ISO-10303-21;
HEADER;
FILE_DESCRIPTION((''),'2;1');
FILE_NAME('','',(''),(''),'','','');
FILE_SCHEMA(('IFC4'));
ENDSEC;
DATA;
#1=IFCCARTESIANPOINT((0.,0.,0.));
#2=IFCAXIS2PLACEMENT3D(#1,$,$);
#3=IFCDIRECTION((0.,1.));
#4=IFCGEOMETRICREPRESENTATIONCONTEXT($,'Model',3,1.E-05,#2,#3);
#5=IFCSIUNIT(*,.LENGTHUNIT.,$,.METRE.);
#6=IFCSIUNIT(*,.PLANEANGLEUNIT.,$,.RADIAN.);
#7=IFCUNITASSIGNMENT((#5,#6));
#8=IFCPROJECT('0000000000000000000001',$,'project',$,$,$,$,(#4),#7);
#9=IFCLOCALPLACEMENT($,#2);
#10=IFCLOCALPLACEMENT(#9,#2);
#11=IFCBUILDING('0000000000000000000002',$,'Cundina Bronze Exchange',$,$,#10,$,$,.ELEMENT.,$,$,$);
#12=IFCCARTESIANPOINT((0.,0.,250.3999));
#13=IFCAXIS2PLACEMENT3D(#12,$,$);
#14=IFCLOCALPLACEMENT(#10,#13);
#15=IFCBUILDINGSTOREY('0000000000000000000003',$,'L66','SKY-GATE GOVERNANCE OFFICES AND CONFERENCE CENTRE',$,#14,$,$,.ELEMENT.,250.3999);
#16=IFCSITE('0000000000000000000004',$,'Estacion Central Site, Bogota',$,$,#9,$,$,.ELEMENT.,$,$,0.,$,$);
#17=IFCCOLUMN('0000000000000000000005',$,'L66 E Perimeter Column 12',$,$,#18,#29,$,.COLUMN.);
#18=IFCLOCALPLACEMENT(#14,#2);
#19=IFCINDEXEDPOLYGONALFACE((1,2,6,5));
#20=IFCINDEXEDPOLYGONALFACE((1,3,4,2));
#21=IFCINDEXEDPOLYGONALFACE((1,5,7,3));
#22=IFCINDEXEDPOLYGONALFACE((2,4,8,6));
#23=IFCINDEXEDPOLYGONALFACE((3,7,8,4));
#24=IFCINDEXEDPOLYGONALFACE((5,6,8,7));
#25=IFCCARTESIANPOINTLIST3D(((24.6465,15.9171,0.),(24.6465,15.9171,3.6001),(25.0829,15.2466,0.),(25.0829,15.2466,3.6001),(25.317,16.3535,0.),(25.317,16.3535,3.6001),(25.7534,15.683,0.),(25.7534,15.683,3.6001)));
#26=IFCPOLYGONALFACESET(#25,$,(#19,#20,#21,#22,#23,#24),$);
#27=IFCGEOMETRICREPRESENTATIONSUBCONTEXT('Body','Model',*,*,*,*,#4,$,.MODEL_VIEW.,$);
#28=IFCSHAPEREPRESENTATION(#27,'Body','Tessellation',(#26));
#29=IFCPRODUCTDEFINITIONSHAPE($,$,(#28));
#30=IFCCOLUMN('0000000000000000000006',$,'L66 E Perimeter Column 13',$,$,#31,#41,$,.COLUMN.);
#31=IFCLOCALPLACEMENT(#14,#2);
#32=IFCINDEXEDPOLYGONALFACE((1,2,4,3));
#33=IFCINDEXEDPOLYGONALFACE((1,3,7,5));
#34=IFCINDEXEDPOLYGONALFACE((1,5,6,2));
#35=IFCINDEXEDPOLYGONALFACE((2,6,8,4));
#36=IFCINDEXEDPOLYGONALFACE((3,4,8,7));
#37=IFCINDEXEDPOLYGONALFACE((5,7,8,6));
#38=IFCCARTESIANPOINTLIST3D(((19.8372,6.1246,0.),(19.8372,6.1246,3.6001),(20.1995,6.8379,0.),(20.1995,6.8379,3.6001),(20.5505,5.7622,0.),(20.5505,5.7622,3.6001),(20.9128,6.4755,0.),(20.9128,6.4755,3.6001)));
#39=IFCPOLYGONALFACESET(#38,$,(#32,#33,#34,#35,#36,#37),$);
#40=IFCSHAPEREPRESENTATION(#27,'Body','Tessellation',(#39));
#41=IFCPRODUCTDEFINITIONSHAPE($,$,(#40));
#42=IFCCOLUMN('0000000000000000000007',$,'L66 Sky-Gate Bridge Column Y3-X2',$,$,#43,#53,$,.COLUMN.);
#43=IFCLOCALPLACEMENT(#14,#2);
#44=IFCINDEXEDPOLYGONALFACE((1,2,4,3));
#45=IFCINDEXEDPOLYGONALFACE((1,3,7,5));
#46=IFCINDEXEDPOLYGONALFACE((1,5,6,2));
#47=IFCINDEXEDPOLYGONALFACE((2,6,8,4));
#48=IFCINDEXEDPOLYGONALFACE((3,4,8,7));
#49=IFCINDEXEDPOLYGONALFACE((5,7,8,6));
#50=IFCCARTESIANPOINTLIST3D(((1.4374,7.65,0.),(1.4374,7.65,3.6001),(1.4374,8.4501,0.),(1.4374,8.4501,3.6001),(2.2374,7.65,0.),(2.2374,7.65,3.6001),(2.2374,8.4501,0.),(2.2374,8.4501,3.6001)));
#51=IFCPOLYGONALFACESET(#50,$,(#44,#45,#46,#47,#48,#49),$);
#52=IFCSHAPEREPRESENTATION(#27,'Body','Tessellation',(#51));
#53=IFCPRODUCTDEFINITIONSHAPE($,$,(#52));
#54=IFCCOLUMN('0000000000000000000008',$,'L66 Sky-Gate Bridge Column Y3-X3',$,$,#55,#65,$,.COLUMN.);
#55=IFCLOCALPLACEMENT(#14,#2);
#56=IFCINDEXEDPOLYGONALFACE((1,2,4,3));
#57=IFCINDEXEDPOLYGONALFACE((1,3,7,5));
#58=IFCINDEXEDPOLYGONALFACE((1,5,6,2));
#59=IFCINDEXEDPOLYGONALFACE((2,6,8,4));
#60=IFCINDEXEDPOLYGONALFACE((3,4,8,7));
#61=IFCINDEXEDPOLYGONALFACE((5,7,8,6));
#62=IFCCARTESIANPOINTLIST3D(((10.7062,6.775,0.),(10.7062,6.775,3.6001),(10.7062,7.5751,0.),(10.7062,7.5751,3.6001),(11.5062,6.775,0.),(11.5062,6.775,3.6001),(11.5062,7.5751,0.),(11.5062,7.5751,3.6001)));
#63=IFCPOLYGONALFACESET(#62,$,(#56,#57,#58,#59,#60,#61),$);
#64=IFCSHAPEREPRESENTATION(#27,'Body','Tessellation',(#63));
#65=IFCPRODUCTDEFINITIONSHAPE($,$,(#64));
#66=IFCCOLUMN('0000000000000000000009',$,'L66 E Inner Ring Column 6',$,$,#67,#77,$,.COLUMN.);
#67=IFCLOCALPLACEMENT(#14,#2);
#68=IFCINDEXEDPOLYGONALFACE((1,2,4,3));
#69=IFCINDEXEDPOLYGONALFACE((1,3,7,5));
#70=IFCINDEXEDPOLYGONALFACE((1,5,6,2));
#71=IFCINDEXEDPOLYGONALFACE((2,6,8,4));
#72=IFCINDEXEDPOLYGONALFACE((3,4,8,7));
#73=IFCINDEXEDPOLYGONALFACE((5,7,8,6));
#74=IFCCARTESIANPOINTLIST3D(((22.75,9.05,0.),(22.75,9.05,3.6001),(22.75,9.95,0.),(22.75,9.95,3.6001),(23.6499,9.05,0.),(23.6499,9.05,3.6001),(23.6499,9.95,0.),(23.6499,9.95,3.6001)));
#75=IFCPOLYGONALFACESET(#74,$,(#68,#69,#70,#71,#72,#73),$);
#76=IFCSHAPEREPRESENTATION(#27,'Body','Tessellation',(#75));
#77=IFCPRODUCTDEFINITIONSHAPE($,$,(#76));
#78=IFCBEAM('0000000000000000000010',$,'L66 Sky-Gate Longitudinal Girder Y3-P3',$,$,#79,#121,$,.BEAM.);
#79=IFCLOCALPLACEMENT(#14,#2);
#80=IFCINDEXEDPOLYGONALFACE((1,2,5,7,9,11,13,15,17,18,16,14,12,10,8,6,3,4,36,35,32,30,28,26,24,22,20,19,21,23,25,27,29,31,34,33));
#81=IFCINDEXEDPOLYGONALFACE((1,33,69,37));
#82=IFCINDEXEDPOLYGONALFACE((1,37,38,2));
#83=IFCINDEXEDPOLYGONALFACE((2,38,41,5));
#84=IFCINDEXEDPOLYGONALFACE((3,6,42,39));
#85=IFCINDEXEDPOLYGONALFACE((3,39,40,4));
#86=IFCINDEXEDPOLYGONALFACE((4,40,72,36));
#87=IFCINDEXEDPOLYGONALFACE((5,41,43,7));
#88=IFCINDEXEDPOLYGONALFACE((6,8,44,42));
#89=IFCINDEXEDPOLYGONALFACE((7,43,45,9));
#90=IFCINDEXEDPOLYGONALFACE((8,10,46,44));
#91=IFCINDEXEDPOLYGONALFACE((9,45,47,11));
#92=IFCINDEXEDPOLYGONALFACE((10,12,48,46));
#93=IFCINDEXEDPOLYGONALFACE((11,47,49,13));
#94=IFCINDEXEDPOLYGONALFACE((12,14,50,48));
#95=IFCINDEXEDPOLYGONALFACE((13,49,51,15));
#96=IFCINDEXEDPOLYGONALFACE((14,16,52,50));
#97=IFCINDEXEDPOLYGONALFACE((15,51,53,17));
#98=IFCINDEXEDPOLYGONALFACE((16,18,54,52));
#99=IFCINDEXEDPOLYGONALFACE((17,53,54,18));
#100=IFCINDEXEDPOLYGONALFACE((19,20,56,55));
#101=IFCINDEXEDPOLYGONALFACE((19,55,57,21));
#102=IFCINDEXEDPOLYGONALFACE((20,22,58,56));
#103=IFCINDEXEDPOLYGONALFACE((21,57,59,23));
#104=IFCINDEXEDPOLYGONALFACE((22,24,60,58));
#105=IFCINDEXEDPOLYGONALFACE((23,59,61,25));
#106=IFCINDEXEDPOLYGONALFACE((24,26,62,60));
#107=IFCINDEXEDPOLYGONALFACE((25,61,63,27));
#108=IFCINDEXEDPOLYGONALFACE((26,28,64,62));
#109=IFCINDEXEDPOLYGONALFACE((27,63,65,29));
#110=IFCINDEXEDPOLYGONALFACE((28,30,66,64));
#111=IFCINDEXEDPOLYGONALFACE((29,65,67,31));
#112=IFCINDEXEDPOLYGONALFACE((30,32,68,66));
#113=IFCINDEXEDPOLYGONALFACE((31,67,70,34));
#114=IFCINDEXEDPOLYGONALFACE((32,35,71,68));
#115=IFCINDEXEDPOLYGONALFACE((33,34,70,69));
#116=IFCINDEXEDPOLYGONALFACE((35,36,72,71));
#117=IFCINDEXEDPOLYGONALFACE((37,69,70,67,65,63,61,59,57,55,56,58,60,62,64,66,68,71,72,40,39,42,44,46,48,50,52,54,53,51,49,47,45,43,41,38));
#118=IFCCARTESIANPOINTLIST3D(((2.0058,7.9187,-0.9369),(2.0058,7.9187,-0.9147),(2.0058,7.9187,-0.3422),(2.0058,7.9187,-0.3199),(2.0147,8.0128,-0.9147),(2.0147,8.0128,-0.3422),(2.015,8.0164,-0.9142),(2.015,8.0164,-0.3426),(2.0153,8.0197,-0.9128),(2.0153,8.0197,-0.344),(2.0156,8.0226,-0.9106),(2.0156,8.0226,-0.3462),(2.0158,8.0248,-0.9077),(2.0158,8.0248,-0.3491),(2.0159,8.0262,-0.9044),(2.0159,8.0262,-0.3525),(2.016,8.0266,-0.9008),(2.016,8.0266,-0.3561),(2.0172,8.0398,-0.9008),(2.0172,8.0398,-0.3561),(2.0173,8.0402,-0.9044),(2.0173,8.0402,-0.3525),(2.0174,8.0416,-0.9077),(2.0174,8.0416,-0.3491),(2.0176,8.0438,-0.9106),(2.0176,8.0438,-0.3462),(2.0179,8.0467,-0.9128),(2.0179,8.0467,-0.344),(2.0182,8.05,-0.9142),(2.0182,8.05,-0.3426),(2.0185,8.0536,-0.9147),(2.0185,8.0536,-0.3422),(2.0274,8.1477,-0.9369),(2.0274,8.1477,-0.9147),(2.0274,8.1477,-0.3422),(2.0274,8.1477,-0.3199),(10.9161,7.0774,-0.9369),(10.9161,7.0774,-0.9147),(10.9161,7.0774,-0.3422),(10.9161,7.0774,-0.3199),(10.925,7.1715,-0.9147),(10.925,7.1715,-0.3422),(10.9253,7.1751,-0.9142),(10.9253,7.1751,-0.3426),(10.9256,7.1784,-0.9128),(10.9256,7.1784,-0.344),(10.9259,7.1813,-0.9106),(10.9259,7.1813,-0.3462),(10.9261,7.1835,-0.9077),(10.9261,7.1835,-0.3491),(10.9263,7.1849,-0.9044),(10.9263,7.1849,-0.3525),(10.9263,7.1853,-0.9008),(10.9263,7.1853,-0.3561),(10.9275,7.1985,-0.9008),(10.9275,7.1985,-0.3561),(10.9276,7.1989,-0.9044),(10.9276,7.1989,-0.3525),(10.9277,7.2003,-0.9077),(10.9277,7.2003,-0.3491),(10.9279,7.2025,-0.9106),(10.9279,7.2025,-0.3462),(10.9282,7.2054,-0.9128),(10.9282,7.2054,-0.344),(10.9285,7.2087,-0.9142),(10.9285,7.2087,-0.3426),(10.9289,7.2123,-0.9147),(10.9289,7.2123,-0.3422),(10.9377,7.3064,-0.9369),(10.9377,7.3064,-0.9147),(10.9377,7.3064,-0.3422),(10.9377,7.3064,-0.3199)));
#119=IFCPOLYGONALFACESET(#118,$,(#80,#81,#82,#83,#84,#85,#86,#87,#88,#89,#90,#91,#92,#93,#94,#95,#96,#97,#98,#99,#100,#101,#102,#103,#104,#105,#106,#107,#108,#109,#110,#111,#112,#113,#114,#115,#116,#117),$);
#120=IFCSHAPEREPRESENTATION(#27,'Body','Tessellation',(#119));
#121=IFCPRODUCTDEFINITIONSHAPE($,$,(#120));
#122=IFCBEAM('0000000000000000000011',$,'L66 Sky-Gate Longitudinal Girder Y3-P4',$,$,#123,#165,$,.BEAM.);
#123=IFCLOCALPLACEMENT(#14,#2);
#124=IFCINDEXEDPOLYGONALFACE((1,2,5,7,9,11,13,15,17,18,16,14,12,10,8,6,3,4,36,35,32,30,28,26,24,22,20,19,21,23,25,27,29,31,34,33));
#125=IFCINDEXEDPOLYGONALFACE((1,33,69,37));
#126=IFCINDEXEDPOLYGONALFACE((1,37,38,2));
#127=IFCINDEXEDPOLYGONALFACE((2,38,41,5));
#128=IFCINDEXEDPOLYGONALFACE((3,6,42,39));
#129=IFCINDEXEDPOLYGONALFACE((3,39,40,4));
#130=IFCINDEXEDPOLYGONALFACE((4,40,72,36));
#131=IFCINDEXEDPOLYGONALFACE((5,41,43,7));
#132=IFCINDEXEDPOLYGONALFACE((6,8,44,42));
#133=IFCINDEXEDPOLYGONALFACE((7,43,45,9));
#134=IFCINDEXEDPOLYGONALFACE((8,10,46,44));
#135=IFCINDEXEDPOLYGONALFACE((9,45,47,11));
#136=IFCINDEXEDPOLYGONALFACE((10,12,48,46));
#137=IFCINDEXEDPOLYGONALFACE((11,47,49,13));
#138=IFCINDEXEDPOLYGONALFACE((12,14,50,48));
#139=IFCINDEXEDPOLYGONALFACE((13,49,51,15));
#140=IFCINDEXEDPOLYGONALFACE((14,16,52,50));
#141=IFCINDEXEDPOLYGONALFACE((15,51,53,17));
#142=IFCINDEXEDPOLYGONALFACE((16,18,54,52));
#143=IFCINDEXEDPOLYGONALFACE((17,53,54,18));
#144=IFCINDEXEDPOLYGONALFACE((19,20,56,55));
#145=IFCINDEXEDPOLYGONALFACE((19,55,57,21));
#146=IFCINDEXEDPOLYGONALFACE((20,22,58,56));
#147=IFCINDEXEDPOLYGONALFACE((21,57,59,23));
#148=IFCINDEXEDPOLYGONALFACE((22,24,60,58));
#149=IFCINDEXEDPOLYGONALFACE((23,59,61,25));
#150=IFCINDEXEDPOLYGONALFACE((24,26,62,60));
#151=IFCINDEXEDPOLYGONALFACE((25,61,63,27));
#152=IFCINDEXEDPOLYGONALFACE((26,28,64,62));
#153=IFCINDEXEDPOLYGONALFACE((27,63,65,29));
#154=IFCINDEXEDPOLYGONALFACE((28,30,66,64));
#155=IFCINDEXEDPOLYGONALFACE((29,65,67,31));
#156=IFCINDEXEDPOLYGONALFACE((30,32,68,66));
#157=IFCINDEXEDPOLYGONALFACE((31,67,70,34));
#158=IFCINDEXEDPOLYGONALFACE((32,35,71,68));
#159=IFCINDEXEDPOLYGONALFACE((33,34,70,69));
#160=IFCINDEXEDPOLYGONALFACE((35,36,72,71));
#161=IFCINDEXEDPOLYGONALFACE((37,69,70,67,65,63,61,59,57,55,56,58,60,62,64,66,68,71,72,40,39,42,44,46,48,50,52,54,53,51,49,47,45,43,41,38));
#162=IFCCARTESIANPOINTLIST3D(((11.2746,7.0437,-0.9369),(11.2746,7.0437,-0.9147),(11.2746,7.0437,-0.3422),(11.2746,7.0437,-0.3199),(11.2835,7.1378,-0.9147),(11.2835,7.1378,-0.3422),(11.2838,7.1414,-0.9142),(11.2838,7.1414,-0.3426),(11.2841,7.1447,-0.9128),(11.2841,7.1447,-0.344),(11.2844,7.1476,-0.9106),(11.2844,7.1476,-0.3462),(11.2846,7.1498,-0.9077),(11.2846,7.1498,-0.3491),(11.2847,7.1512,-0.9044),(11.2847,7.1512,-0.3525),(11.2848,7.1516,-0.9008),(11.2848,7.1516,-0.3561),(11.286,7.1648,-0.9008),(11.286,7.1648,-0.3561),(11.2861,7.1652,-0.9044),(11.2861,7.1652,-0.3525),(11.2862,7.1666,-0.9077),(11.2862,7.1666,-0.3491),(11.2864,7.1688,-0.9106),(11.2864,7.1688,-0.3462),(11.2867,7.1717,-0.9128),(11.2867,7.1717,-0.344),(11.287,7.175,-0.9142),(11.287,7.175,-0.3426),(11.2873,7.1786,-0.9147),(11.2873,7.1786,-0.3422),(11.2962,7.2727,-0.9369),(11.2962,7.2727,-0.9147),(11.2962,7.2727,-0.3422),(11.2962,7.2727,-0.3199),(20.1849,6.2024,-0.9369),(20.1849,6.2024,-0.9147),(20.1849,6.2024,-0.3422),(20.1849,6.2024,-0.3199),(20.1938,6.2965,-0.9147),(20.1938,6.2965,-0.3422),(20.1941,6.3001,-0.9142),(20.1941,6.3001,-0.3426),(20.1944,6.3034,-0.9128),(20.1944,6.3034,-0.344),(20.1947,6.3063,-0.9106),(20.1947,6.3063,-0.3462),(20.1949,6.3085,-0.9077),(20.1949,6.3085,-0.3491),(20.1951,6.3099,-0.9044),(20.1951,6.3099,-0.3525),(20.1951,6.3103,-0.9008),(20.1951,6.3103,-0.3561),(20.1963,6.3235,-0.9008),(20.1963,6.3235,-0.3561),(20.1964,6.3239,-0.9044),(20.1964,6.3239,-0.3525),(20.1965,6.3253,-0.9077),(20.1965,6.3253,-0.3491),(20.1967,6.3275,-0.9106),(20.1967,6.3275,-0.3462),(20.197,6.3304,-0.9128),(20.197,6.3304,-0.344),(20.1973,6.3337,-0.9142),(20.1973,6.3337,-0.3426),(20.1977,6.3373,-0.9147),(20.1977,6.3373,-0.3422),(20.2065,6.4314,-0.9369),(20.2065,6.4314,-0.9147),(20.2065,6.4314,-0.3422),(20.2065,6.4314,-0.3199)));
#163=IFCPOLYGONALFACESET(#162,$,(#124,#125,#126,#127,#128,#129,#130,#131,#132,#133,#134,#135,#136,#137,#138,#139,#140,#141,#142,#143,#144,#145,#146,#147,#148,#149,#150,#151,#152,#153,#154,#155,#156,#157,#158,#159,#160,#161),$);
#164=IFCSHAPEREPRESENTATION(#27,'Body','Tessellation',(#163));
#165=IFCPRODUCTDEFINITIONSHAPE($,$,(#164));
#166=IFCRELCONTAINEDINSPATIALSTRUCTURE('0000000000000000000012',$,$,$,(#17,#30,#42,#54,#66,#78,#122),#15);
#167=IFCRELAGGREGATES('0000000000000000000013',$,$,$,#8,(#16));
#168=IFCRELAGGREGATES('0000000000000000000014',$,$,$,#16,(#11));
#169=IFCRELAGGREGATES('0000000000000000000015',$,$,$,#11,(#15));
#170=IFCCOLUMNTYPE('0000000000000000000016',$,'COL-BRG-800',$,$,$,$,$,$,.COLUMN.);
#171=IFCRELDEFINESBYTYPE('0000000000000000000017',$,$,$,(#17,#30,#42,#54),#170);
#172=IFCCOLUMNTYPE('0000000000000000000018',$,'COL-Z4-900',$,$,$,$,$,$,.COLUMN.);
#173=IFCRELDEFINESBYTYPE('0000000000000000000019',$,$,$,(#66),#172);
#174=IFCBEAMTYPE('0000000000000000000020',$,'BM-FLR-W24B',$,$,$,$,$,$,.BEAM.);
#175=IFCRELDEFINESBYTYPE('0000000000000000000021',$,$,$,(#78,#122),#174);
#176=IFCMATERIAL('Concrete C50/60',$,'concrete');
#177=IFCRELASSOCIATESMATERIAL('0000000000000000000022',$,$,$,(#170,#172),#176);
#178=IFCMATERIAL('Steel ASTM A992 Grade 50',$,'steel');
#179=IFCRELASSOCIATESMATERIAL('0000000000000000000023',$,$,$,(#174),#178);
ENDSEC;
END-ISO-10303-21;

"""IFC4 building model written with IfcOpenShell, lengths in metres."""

from ifc_helpers import new_model, si_unit, direction, frame, origin, origin_2d, place, context, subcontext, project, spatial, rectangle, i_section, extrude, material, material_profile, profile_set, type_object, element, save


model = new_model("IFC4")

# Units and contexts
model_context = context("Model", 3, precision=1e-05, world=origin(), true_north=direction((0.0, 1.0)))
body_context = subcontext(model_context, "Body", "Model", "MODEL_VIEW")
ifc_project = project(units=[si_unit("LENGTHUNIT", "METRE"), si_unit("PLANEANGLEUNIT", "RADIAN")], contexts=[model_context])

# Site, building, storey
site_placement = place(None, origin())
site = spatial("IfcSite", under=ifc_project, at=site_placement, Name="Estacion Central Site, Bogota", CompositionType="ELEMENT", RefElevation=0.0)
building_placement = place(site_placement, origin())
building = spatial("IfcBuilding", under=site, at=building_placement, Name="Cundina Bronze Exchange", CompositionType="ELEMENT")
storey_placement = place(building_placement, frame((0.0, 0.0, 250.3999)))
storey = spatial("IfcBuildingStorey", under=building, at=storey_placement, Name="L66", Description="SKY-GATE GOVERNANCE OFFICES AND CONFERENCE CENTRE", CompositionType="ELEMENT", Elevation=250.3999)

# Columns
ifc_material_1 = material(Name="Concrete C50/60", Category="concrete")
ifc_material_profile_1 = material_profile(ifc_material_1, rectangle(XDim=0.8, YDim=0.8, at=origin_2d()), Name="RC800X800", Category="concrete")
ifc_profile_set_1 = profile_set([ifc_material_profile_1], Name="Concrete C50/60")
column_type_1 = type_object("IfcColumnType", Name="COL-BRG-800", PredefinedType="COLUMN", material=ifc_profile_set_1)
for number, where, z_axis, x_axis, name in (
    (1, (25.2, 15.8, 0.0), (0.0, 0.0, 1.0), (-0.8381, -0.545517, 0.0), "L66 E Perimeter Column 12"),
    (2, (20.375, 6.3, 0.0), (0.0, 0.0, 1.0), (-0.452902, -0.891561, 0.0), "L66 E Perimeter Column 13"),
    (3, (1.8374, 8.05, 0.0), (0.0, 0.0, 1.0), (1.0, 0.0, 0.0), "L66 Sky-Gate Bridge Column Y3-X2"),
    (4, (11.1062, 7.175, 0.0), (0.0, 0.0, 1.0), (1.0, 0.0, 0.0), "L66 Sky-Gate Bridge Column Y3-X3"),
):
    element("IfcColumn", number, at=place(storey_placement, frame(where, z_axis=z_axis, x_axis=x_axis)), inside=storey, type_object=column_type_1, Name=name, PredefinedType="COLUMN", context=body_context, shape_type="SweptSolid", body=[
        extrude(rectangle(XDim=0.8, YDim=0.8, at=origin_2d()), origin(), (0.0, 0.0, 1.0), 3.6001),
    ])
ifc_material_profile_2 = material_profile(ifc_material_1, rectangle(XDim=0.8999, YDim=0.8999, at=origin_2d()), Name="RC900X900", Category="concrete")
ifc_profile_set_2 = profile_set([ifc_material_profile_2], Name="Concrete C50/60")
column_type_2 = type_object("IfcColumnType", Name="COL-Z4-900", PredefinedType="COLUMN", material=ifc_profile_set_2)
column_placement = place(storey_placement, frame((23.2, 9.5, 0.0), z_axis=(0.0, 0.0, 1.0), x_axis=(1.0, 0.0, 0.0)))
element("IfcColumn", 5, at=column_placement, inside=storey, type_object=column_type_2, Name="L66 E Inner Ring Column 6", PredefinedType="COLUMN", context=body_context, shape_type="SweptSolid", body=[
    extrude(rectangle(XDim=0.8999, YDim=0.8999, at=origin_2d()), origin(), (0.0, 0.0, 1.0), 3.6001),
])

# Beams
ifc_material_2 = material(Name="Steel ASTM A992 Grade 50", Category="steel")
ifc_material_profile_3 = material_profile(ifc_material_2, i_section(OverallWidth=0.23, OverallDepth=0.6169, WebThickness=0.0132, FlangeThickness=0.0222, FilletRadius=0.0139, at=origin_2d()), Name="W24X94", Category="steel")
ifc_profile_set_3 = profile_set([ifc_material_profile_3], Name="Steel ASTM A992 Grade 50")
beam_type_1 = type_object("IfcBeamType", Name="BM-FLR-W24B", PredefinedType="BEAM", material=ifc_profile_set_3)
for number, where, z_axis, x_axis, name in (
    (6, (2.0166, 8.0332, -0.6284), (0.995572, -0.094001, 0.0), (0.094001, 0.995572, 0.0), "L66 Sky-Gate Longitudinal Girder Y3-P3"),
    (7, (11.2854, 7.1582, -0.6284), (0.995572, -0.094001, 0.0), (0.094001, 0.995572, 0.0), "L66 Sky-Gate Longitudinal Girder Y3-P4"),
):
    element("IfcBeam", number, at=place(storey_placement, frame(where, z_axis=z_axis, x_axis=x_axis)), inside=storey, type_object=beam_type_1, Name=name, PredefinedType="BEAM", context=body_context, shape_type="SweptSolid", body=[
        extrude(i_section(OverallWidth=0.23, OverallDepth=0.6169, WebThickness=0.0132, FlangeThickness=0.0222, FilletRadius=0.0139, at=origin_2d()), origin(), (0.0, 0.0, 1.0), 8.95),
    ])

save(model, "model.ifc")
